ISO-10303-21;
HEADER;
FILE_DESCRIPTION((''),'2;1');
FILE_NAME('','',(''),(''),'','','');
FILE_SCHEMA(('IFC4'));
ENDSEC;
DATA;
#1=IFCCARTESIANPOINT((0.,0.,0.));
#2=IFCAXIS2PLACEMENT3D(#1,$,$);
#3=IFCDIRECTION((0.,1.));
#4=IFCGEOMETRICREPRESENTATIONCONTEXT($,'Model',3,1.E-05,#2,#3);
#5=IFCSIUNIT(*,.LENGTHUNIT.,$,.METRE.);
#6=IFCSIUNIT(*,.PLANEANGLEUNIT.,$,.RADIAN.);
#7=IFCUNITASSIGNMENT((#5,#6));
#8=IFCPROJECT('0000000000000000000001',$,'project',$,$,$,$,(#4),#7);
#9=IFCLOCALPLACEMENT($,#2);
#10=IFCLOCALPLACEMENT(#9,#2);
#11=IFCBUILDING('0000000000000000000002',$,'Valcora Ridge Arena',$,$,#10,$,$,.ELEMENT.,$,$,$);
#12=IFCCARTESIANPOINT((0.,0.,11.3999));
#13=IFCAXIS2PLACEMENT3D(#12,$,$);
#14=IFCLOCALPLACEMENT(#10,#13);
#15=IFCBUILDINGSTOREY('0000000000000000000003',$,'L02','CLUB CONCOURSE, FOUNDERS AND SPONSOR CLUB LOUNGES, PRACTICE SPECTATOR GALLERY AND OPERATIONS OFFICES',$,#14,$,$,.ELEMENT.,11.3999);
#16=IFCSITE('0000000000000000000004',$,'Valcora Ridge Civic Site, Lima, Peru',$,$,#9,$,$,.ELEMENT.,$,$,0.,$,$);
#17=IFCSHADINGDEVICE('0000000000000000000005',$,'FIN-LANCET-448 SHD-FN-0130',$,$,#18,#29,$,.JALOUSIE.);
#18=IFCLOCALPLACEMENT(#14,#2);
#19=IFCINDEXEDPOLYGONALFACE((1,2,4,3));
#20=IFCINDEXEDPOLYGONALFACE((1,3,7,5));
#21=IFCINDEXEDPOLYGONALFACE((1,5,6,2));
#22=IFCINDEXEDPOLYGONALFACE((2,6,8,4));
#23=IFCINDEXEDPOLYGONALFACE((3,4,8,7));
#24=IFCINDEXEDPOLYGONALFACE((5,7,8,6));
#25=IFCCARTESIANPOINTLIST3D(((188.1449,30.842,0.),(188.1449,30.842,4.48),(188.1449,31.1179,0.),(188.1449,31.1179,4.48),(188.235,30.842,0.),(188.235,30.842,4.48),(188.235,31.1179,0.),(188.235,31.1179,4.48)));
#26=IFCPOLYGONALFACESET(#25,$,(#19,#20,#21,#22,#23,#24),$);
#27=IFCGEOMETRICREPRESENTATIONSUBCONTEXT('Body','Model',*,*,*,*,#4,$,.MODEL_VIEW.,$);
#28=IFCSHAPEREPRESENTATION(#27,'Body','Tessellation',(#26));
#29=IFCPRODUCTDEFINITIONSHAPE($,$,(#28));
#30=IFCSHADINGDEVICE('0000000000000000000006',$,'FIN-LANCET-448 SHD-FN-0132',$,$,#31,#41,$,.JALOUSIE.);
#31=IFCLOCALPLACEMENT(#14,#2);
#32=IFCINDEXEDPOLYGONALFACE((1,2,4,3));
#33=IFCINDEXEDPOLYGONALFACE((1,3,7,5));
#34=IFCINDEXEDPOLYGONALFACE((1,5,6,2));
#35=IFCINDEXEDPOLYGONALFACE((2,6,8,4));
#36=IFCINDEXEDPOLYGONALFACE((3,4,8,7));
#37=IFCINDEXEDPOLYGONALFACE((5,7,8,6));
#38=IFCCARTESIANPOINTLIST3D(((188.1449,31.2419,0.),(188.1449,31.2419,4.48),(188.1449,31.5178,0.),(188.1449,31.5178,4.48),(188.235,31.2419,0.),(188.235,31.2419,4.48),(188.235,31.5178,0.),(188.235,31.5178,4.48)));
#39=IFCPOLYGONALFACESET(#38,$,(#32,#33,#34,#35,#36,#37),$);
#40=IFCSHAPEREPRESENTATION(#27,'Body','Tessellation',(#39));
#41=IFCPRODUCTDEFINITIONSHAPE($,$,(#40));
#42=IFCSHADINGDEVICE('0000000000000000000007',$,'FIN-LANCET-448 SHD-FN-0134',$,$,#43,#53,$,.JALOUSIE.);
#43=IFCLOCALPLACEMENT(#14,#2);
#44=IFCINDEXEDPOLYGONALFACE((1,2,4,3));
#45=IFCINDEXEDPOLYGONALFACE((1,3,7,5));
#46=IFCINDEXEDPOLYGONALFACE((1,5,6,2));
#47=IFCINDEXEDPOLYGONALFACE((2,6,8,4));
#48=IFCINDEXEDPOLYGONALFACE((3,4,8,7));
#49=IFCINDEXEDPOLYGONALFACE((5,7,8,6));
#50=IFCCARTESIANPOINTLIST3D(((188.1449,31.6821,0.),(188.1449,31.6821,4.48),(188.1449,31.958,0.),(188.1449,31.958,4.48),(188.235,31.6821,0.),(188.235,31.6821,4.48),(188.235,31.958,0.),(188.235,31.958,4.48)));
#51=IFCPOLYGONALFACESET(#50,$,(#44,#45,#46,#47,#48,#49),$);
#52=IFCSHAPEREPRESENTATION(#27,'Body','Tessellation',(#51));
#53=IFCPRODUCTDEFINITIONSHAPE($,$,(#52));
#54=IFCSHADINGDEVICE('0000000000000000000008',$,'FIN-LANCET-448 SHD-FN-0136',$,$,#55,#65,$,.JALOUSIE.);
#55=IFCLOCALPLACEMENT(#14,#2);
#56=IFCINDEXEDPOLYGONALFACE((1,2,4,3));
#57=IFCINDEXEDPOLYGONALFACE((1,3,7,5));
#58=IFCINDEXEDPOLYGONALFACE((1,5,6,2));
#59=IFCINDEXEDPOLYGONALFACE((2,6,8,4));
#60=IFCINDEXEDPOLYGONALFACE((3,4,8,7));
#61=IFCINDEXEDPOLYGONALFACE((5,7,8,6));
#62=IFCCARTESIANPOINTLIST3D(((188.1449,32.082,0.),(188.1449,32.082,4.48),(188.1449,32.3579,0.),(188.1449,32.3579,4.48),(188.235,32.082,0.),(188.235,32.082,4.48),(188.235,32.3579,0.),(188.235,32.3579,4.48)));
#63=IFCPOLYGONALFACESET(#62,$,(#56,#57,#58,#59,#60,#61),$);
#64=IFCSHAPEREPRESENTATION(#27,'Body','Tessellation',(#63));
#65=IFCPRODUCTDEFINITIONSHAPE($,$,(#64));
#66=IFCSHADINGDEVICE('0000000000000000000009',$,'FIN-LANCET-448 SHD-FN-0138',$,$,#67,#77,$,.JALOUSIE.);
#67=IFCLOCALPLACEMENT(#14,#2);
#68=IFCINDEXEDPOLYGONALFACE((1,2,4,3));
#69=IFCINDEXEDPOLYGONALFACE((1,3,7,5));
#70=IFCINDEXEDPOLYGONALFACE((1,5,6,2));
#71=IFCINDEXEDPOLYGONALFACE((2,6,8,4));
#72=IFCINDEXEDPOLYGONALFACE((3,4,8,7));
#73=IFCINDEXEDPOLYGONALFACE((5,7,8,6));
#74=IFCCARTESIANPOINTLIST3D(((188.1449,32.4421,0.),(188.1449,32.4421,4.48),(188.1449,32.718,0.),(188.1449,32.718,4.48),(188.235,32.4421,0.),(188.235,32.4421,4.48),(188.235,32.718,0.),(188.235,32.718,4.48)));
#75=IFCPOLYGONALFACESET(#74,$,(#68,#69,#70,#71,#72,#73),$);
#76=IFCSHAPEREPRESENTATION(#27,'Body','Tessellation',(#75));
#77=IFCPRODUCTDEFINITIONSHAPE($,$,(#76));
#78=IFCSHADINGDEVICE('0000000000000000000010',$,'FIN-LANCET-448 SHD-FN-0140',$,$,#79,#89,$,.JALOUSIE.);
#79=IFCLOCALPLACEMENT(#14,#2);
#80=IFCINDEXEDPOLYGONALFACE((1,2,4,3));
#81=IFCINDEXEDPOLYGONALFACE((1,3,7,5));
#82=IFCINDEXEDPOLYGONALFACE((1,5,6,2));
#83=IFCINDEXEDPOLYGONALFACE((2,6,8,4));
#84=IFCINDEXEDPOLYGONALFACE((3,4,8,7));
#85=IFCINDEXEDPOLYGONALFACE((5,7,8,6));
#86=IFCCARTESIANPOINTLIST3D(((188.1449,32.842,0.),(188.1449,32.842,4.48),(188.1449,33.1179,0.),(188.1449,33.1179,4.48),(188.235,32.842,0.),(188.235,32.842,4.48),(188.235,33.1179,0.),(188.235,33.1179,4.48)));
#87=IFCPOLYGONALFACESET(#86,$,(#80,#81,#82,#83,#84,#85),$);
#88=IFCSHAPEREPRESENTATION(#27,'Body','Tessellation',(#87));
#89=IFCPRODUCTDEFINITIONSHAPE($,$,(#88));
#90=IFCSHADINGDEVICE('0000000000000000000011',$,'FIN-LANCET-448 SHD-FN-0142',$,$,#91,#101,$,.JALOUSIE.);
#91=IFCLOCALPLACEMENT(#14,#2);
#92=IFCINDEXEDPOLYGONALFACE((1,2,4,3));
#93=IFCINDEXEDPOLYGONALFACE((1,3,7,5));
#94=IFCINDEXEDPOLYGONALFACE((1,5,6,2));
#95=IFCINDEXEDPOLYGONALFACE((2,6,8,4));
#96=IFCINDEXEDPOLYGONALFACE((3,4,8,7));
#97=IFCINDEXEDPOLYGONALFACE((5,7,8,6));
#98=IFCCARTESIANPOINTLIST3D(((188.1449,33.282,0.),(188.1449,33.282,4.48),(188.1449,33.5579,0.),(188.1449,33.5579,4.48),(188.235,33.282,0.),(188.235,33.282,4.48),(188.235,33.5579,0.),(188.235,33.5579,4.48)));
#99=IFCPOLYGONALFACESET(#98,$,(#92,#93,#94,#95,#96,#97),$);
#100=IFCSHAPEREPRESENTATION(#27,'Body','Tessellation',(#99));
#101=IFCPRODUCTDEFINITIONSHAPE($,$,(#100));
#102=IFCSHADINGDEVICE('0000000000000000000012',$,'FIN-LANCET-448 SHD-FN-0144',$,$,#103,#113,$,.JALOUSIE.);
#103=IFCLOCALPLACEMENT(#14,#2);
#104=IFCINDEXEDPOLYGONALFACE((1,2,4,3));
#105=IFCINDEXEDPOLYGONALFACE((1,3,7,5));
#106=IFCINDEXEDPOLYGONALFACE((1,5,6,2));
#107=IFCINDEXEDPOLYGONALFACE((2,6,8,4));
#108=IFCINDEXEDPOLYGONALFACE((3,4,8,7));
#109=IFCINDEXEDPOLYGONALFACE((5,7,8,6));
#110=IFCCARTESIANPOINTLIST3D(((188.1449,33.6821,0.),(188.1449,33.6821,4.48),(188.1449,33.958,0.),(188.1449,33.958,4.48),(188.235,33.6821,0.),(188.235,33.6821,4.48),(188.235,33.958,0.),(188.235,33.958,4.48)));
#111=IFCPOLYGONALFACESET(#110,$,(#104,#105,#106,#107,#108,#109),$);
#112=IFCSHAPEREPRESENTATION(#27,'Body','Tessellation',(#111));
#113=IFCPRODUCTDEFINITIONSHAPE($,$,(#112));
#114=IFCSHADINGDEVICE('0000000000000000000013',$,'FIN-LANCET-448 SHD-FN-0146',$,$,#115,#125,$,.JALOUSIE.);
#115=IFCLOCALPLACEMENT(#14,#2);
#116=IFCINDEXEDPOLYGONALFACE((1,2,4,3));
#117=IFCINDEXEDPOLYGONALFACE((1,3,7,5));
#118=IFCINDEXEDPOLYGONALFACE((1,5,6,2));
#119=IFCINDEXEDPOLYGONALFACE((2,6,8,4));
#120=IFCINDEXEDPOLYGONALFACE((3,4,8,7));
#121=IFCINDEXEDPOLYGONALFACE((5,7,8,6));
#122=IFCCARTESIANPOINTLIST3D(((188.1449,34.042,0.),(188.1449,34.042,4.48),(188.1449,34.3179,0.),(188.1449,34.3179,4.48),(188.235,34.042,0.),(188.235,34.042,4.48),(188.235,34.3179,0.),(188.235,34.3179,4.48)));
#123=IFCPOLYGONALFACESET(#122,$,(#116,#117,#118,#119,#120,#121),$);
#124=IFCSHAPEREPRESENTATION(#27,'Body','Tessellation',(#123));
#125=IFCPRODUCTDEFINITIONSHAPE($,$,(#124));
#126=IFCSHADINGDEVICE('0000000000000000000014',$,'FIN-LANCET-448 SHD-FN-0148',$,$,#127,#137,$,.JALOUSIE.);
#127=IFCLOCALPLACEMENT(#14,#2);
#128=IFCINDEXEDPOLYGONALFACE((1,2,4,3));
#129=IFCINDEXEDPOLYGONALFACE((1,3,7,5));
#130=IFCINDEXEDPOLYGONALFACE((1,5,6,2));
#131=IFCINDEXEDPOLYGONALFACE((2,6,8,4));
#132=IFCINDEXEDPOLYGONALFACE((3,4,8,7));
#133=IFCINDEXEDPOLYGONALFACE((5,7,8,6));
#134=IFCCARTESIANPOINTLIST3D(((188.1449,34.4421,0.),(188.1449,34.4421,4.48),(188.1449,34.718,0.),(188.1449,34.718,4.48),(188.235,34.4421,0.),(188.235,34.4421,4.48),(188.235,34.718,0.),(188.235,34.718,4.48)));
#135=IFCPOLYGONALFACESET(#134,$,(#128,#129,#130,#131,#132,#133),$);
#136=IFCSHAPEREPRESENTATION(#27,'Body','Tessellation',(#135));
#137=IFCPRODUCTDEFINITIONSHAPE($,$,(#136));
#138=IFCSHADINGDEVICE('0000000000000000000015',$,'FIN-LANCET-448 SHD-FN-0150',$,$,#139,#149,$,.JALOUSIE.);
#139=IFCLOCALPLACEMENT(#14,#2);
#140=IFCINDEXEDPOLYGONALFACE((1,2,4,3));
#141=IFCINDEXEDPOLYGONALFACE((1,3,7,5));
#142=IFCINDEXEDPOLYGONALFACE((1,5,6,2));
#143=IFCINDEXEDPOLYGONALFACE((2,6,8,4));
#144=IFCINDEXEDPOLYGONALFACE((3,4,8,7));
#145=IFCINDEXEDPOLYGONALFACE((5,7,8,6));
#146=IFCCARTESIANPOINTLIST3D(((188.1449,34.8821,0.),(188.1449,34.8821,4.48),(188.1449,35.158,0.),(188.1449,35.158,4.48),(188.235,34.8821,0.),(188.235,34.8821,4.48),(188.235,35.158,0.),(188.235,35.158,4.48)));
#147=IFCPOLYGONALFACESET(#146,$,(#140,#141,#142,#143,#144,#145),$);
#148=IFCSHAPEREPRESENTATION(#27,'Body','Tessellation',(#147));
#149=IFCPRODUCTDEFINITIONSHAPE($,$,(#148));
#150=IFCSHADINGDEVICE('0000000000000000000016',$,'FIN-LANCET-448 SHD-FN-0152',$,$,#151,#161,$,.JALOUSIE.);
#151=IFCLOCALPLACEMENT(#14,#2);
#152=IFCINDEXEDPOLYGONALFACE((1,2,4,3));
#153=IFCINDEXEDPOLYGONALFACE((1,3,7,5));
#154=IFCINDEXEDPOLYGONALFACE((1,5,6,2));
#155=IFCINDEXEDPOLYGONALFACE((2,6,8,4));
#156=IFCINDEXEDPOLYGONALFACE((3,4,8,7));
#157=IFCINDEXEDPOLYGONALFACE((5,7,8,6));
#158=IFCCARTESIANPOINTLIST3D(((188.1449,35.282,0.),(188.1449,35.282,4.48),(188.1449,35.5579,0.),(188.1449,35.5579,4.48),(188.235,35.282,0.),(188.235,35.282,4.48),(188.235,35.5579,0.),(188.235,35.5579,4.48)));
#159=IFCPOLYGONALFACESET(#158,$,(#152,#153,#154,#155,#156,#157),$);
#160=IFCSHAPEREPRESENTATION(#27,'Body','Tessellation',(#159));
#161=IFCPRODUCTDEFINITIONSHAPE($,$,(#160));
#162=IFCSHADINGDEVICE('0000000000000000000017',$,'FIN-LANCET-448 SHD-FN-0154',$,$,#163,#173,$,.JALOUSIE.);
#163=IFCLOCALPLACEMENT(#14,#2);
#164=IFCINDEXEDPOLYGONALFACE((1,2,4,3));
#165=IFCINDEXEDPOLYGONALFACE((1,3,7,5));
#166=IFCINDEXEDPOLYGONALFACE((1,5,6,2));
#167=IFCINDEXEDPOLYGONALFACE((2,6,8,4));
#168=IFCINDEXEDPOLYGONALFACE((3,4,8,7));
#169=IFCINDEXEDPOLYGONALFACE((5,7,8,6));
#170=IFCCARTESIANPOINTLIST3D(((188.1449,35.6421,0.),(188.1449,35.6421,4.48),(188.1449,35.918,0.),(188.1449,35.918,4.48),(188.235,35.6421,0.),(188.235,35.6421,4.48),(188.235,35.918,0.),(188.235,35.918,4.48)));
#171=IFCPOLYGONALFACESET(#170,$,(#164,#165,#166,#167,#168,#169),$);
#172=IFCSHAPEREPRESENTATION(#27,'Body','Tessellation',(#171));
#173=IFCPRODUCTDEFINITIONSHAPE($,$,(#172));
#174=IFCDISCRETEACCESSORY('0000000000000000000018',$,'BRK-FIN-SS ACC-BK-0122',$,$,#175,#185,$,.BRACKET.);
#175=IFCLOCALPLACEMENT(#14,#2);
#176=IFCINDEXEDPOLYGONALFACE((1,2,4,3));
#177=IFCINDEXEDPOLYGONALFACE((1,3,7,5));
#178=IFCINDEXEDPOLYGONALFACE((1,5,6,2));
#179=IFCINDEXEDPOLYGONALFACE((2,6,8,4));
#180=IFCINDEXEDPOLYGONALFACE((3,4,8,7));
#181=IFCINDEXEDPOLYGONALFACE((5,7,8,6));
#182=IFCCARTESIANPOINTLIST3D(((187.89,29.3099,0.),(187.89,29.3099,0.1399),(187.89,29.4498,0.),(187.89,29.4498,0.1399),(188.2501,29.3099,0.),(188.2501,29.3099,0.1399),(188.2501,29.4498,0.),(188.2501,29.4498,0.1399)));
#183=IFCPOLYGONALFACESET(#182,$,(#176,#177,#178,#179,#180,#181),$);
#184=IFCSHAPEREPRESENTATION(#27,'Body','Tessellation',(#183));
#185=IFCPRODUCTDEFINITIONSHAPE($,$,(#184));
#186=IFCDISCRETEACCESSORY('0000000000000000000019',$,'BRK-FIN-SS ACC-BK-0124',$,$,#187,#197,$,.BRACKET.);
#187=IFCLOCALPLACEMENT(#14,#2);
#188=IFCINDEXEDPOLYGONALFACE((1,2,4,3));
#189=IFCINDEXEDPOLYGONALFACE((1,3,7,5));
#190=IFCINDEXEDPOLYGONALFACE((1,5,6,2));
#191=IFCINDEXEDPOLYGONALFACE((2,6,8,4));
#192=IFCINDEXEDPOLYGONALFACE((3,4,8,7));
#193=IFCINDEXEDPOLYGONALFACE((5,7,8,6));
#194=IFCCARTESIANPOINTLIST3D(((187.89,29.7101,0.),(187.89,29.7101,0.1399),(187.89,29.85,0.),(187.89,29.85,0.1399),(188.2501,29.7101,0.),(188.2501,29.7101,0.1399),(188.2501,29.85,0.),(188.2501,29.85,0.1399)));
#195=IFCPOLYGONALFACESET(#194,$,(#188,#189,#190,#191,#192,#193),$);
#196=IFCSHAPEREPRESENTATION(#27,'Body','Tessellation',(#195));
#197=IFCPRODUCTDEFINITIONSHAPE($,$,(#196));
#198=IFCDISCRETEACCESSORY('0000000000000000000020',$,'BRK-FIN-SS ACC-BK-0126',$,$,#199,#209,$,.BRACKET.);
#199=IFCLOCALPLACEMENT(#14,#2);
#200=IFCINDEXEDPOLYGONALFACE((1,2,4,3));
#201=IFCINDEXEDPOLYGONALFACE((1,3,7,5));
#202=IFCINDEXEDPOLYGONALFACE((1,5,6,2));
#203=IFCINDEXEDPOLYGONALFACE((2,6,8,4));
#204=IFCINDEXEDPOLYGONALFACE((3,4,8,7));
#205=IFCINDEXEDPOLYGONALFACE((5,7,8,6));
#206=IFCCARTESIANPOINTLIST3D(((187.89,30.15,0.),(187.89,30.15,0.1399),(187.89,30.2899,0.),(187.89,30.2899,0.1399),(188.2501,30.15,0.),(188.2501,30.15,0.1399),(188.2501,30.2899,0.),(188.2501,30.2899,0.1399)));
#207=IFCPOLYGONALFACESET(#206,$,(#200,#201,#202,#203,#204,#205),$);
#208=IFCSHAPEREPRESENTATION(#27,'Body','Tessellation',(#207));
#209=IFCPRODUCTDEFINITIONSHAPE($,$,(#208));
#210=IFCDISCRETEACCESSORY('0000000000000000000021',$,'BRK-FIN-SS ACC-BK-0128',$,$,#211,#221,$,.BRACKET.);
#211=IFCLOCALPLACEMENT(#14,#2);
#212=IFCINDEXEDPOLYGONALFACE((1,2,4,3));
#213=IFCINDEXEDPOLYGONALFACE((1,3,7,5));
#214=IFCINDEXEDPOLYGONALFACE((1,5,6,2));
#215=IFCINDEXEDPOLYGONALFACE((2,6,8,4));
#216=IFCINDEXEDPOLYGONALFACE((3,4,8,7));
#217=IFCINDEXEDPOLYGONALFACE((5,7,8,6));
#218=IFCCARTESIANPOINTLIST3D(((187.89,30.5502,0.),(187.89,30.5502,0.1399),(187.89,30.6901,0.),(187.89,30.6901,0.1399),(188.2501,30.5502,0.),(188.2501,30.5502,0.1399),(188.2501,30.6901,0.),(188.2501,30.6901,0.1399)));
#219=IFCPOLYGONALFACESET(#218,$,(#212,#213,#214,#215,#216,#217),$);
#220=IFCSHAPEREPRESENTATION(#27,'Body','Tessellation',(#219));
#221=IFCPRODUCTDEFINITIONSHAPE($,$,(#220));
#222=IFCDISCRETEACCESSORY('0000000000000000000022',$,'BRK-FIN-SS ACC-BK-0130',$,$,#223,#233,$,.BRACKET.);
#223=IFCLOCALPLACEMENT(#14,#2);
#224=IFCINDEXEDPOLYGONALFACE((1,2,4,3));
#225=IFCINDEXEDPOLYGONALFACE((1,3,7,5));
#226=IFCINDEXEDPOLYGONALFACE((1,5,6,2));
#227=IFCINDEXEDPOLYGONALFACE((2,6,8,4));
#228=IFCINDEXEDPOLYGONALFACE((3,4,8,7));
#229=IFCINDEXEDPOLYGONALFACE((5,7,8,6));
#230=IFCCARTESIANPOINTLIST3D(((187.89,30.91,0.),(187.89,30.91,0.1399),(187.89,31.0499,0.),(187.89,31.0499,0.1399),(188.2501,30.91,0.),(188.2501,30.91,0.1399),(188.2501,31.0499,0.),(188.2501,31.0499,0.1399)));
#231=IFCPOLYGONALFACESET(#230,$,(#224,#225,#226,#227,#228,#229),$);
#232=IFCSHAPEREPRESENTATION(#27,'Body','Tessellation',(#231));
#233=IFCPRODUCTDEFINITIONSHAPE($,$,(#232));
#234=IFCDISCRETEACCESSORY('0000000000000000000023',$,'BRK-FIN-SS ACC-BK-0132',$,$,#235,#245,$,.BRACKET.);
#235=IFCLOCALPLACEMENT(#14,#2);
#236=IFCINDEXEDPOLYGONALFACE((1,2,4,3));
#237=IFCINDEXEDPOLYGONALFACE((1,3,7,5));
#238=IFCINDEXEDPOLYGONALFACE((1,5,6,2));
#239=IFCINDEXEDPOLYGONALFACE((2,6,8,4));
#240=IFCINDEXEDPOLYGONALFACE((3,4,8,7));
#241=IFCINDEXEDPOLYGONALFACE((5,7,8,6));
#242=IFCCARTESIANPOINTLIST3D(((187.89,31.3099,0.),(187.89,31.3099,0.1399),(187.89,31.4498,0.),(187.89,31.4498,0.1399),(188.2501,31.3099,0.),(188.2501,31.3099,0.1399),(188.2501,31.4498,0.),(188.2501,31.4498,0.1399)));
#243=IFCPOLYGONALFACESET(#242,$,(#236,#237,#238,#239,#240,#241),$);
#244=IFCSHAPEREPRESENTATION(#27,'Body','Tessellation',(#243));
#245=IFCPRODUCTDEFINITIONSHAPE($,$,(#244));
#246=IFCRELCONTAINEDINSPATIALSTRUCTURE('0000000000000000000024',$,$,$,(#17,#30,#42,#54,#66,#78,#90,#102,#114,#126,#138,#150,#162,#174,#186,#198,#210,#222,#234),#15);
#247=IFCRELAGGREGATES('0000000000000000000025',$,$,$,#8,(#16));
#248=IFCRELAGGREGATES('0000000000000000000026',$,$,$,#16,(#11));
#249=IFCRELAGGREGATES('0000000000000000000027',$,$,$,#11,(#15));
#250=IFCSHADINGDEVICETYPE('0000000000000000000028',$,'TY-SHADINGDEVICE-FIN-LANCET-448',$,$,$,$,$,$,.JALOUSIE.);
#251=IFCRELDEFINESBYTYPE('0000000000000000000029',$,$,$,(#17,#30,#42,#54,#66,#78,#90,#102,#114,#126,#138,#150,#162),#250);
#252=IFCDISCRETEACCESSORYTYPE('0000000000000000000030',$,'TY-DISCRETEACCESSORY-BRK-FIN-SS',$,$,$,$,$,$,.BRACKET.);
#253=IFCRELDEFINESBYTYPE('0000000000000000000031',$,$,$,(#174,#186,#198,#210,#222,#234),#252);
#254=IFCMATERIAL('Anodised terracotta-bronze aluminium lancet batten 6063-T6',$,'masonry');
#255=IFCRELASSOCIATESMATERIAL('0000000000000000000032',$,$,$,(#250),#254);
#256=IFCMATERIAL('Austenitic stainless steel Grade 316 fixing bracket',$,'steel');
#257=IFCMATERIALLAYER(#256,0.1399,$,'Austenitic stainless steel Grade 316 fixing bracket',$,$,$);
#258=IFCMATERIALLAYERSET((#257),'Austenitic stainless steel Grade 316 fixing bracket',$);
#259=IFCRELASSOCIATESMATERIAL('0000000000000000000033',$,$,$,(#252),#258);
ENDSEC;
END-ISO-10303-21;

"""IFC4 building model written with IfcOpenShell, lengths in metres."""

from ifc_helpers import new_model, si_unit, direction, frame, origin, origin_2d, place, context, subcontext, project, spatial, rectangle, extrude, material, layer, layer_set, material_profile, profile_set, type_object, element, save


model = new_model("IFC4")

# Units and contexts
model_context = context("Model", 3, precision=1e-05, world=origin(), true_north=direction((0.0, 1.0)))
body_context = subcontext(model_context, "Body", "Model", "MODEL_VIEW")
ifc_project = project(units=[si_unit("LENGTHUNIT", "METRE"), si_unit("PLANEANGLEUNIT", "RADIAN")], contexts=[model_context])

# Site, building, storey
site_placement = place(None, origin())
site = spatial("IfcSite", under=ifc_project, at=site_placement, Name="Valcora Ridge Civic Site, Lima, Peru", CompositionType="ELEMENT", RefElevation=0.0)
building_placement = place(site_placement, origin())
building = spatial("IfcBuilding", under=site, at=building_placement, Name="Valcora Ridge Arena", CompositionType="ELEMENT")
storey_placement = place(building_placement, frame((0.0, 0.0, 11.3999)))
storey = spatial("IfcBuildingStorey", under=building, at=storey_placement, Name="L02", Description="CLUB CONCOURSE, FOUNDERS AND SPONSOR CLUB LOUNGES, PRACTICE SPECTATOR GALLERY AND OPERATIONS OFFICES", CompositionType="ELEMENT", Elevation=11.3999)

# Shared definitions
ifc_material_1 = material(Name="Anodised terracotta-bronze aluminium lancet batten 6063-T6", Category="masonry")

# Shading devices
ifc_material_profile_1 = material_profile(ifc_material_1, rectangle(XDim=0.0901, YDim=0.2759, at=origin_2d()), Name="ALU LANCET BATTEN 90x276")
ifc_profile_set_1 = profile_set([ifc_material_profile_1], Name="Anodised terracotta-bronze aluminium lancet batten 6063-T6")
shading_device_type = type_object("IfcShadingDeviceType", Name="TY-SHADINGDEVICE-FIN-LANCET-448", PredefinedType="JALOUSIE", material=ifc_profile_set_1)
for number, where, z_axis, x_axis, name in (
    (1, (188.1899, 30.98, 0.0), (0.0, 0.0, 1.0), (1.0, 0.0, 0.0), "FIN-LANCET-448 SHD-FN-0130"),
    (2, (188.1899, 31.3799, 0.0), (0.0, 0.0, 1.0), (1.0, 0.0, 0.0), "FIN-LANCET-448 SHD-FN-0132"),
    (3, (188.1899, 31.8201, 0.0), (0.0, 0.0, 1.0), (1.0, 0.0, 0.0), "FIN-LANCET-448 SHD-FN-0134"),
    (4, (188.1899, 32.22, 0.0), (0.0, 0.0, 1.0), (1.0, 0.0, 0.0), "FIN-LANCET-448 SHD-FN-0136"),
    (5, (188.1899, 32.5801, 0.0), (0.0, 0.0, 1.0), (1.0, 0.0, 0.0), "FIN-LANCET-448 SHD-FN-0138"),
    (6, (188.1899, 32.98, 0.0), (0.0, 0.0, 1.0), (1.0, 0.0, 0.0), "FIN-LANCET-448 SHD-FN-0140"),
    (7, (188.1899, 33.4199, 0.0), (0.0, 0.0, 1.0), (1.0, 0.0, 0.0), "FIN-LANCET-448 SHD-FN-0142"),
    (8, (188.1899, 33.8201, 0.0), (0.0, 0.0, 1.0), (1.0, 0.0, 0.0), "FIN-LANCET-448 SHD-FN-0144"),
    (9, (188.1899, 34.1799, 0.0), (0.0, 0.0, 1.0), (1.0, 0.0, 0.0), "FIN-LANCET-448 SHD-FN-0146"),
    (10, (188.1899, 34.5801, 0.0), (0.0, 0.0, 1.0), (1.0, 0.0, 0.0), "FIN-LANCET-448 SHD-FN-0148"),
    (11, (188.1899, 35.02, 0.0), (0.0, 0.0, 1.0), (1.0, 0.0, 0.0), "FIN-LANCET-448 SHD-FN-0150"),
    (12, (188.1899, 35.4199, 0.0), (0.0, 0.0, 1.0), (1.0, 0.0, 0.0), "FIN-LANCET-448 SHD-FN-0152"),
    (13, (188.1899, 35.78, 0.0), (0.0, 0.0, 1.0), (1.0, 0.0, 0.0), "FIN-LANCET-448 SHD-FN-0154"),
):
    element("IfcShadingDevice", number, at=place(storey_placement, frame(where, z_axis=z_axis, x_axis=x_axis)), inside=storey, type_object=shading_device_type, Name=name, PredefinedType="JALOUSIE", context=body_context, shape_type="SweptSolid", body=[
        extrude(rectangle(XDim=0.0901, YDim=0.2759, at=origin_2d()), origin(), (0.0, 0.0, 1.0), 4.48),
    ])

# Discrete accessories
ifc_material_2 = material(Name="Austenitic stainless steel Grade 316 fixing bracket", Category="steel")
ifc_layer_1 = layer(ifc_material_2, 0.1399, Name="Austenitic stainless steel Grade 316 fixing bracket")
ifc_layer_set_1 = layer_set([ifc_layer_1], Name="Austenitic stainless steel Grade 316 fixing bracket")
discrete_accessory_type = type_object("IfcDiscreteAccessoryType", Name="TY-DISCRETEACCESSORY-BRK-FIN-SS", PredefinedType="BRACKET", material=ifc_layer_set_1)
for number, where, z_axis, x_axis, name in (
    (14, (188.0701, 29.3799, 0.0), (0.0, 0.0, 1.0), (1.0, 0.0, 0.0), "BRK-FIN-SS ACC-BK-0122"),
    (15, (188.0701, 29.78, 0.0), (0.0, 0.0, 1.0), (1.0, 0.0, 0.0), "BRK-FIN-SS ACC-BK-0124"),
    (16, (188.0701, 30.22, 0.0), (0.0, 0.0, 1.0), (1.0, 0.0, 0.0), "BRK-FIN-SS ACC-BK-0126"),
    (17, (188.0701, 30.6201, 0.0), (0.0, 0.0, 1.0), (1.0, 0.0, 0.0), "BRK-FIN-SS ACC-BK-0128"),
    (18, (188.0701, 30.98, 0.0), (0.0, 0.0, 1.0), (1.0, 0.0, 0.0), "BRK-FIN-SS ACC-BK-0130"),
    (19, (188.0701, 31.3799, 0.0), (0.0, 0.0, 1.0), (1.0, 0.0, 0.0), "BRK-FIN-SS ACC-BK-0132"),
):
    element("IfcDiscreteAccessory", number, at=place(storey_placement, frame(where, z_axis=z_axis, x_axis=x_axis)), inside=storey, type_object=discrete_accessory_type, Name=name, PredefinedType="BRACKET", context=body_context, shape_type="SweptSolid", body=[
        extrude(rectangle(XDim=0.3601, YDim=0.1399, at=origin_2d()), origin(), (0.0, 0.0, 1.0), 0.1399),
    ])

save(model, "model.ifc")
